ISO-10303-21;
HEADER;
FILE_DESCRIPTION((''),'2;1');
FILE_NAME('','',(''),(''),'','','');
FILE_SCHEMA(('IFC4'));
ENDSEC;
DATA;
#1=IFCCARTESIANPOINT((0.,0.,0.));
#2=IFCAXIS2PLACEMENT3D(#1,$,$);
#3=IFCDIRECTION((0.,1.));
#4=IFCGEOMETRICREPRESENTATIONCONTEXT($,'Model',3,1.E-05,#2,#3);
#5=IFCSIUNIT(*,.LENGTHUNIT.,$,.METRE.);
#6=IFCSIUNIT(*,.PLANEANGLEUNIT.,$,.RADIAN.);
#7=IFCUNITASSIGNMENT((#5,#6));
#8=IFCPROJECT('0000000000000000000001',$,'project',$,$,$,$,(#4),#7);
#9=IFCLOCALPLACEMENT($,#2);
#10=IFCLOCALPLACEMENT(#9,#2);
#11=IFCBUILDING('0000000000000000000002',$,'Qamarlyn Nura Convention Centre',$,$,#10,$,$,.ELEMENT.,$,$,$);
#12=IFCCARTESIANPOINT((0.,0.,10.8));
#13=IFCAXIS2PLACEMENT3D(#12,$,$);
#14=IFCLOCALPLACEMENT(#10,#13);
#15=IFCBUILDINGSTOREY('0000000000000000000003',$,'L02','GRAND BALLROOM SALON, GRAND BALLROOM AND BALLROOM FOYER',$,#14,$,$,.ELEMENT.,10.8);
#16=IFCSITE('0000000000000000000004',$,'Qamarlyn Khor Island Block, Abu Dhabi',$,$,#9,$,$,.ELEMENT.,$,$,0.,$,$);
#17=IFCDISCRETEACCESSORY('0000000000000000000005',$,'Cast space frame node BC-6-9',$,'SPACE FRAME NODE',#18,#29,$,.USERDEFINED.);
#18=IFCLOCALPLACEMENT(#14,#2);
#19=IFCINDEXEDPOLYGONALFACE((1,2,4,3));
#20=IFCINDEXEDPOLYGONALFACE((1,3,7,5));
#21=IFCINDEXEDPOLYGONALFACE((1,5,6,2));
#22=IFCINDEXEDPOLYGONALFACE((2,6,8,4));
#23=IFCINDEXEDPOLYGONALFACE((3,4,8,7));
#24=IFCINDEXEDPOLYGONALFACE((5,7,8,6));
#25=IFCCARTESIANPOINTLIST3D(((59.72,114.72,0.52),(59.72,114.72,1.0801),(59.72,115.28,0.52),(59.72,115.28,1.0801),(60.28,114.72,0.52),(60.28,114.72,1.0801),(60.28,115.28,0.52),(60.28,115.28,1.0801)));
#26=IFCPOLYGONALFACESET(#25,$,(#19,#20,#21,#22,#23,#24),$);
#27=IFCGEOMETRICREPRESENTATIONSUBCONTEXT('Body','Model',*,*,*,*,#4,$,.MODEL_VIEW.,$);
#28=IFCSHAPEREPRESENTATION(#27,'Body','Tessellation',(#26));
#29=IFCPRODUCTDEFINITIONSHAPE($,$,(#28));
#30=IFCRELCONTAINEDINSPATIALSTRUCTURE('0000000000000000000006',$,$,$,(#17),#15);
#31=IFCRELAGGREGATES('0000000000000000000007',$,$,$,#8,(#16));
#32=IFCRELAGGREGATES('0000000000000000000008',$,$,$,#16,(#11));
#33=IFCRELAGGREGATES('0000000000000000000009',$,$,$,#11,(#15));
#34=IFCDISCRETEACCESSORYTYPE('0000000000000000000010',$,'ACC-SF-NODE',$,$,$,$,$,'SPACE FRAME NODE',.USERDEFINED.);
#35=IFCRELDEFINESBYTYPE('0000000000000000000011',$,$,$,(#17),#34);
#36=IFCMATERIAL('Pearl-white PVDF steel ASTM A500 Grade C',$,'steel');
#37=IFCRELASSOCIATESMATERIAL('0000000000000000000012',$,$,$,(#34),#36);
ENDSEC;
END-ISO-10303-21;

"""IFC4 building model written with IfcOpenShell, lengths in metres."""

from ifc_helpers import new_model, si_unit, direction, frame, origin, origin_2d, place, context, subcontext, project, spatial, rectangle, extrude, material, type_object, element, save


model = new_model("IFC4")

# Units and contexts
model_context = context("Model", 3, precision=1e-05, world=origin(), true_north=direction((0.0, 1.0)))
body_context = subcontext(model_context, "Body", "Model", "MODEL_VIEW")
ifc_project = project(units=[si_unit("LENGTHUNIT", "METRE"), si_unit("PLANEANGLEUNIT", "RADIAN")], contexts=[model_context])

# Site, building, storey
site_placement = place(None, origin())
site = spatial("IfcSite", under=ifc_project, at=site_placement, Name="Qamarlyn Khor Island Block, Abu Dhabi", CompositionType="ELEMENT", RefElevation=0.0)
building_placement = place(site_placement, origin())
building = spatial("IfcBuilding", under=site, at=building_placement, Name="Qamarlyn Nura Convention Centre", CompositionType="ELEMENT")
storey_placement = place(building_placement, frame((0.0, 0.0, 10.8)))
storey = spatial("IfcBuildingStorey", under=building, at=storey_placement, Name="L02", Description="GRAND BALLROOM SALON, GRAND BALLROOM AND BALLROOM FOYER", CompositionType="ELEMENT", Elevation=10.8)

# Shared definitions
ifc_material_1 = material(Name="Pearl-white PVDF steel ASTM A500 Grade C", Category="steel")

# Discrete accessory
discrete_accessory_type = type_object("IfcDiscreteAccessoryType", Name="ACC-SF-NODE", ElementType="SPACE FRAME NODE", PredefinedType="USERDEFINED", material=ifc_material_1)
for number, where, z_axis, x_axis, name in (
    (1, (60.0, 115.0, 0.52), (0.0, 0.0, 1.0), (1.0, 0.0, 0.0), "Cast space frame node BC-6-9"),
):
    element("IfcDiscreteAccessory", number, at=place(storey_placement, frame(where, z_axis=z_axis, x_axis=x_axis)), inside=storey, type_object=discrete_accessory_type, Name=name, ObjectType="SPACE FRAME NODE", PredefinedType="USERDEFINED", context=body_context, shape_type="SweptSolid", body=[
        extrude(rectangle(XDim=0.5601, YDim=0.5601, at=origin_2d()), origin(), (0.0, 0.0, 1.0), 0.5601),
    ])

save(model, "model.ifc")
